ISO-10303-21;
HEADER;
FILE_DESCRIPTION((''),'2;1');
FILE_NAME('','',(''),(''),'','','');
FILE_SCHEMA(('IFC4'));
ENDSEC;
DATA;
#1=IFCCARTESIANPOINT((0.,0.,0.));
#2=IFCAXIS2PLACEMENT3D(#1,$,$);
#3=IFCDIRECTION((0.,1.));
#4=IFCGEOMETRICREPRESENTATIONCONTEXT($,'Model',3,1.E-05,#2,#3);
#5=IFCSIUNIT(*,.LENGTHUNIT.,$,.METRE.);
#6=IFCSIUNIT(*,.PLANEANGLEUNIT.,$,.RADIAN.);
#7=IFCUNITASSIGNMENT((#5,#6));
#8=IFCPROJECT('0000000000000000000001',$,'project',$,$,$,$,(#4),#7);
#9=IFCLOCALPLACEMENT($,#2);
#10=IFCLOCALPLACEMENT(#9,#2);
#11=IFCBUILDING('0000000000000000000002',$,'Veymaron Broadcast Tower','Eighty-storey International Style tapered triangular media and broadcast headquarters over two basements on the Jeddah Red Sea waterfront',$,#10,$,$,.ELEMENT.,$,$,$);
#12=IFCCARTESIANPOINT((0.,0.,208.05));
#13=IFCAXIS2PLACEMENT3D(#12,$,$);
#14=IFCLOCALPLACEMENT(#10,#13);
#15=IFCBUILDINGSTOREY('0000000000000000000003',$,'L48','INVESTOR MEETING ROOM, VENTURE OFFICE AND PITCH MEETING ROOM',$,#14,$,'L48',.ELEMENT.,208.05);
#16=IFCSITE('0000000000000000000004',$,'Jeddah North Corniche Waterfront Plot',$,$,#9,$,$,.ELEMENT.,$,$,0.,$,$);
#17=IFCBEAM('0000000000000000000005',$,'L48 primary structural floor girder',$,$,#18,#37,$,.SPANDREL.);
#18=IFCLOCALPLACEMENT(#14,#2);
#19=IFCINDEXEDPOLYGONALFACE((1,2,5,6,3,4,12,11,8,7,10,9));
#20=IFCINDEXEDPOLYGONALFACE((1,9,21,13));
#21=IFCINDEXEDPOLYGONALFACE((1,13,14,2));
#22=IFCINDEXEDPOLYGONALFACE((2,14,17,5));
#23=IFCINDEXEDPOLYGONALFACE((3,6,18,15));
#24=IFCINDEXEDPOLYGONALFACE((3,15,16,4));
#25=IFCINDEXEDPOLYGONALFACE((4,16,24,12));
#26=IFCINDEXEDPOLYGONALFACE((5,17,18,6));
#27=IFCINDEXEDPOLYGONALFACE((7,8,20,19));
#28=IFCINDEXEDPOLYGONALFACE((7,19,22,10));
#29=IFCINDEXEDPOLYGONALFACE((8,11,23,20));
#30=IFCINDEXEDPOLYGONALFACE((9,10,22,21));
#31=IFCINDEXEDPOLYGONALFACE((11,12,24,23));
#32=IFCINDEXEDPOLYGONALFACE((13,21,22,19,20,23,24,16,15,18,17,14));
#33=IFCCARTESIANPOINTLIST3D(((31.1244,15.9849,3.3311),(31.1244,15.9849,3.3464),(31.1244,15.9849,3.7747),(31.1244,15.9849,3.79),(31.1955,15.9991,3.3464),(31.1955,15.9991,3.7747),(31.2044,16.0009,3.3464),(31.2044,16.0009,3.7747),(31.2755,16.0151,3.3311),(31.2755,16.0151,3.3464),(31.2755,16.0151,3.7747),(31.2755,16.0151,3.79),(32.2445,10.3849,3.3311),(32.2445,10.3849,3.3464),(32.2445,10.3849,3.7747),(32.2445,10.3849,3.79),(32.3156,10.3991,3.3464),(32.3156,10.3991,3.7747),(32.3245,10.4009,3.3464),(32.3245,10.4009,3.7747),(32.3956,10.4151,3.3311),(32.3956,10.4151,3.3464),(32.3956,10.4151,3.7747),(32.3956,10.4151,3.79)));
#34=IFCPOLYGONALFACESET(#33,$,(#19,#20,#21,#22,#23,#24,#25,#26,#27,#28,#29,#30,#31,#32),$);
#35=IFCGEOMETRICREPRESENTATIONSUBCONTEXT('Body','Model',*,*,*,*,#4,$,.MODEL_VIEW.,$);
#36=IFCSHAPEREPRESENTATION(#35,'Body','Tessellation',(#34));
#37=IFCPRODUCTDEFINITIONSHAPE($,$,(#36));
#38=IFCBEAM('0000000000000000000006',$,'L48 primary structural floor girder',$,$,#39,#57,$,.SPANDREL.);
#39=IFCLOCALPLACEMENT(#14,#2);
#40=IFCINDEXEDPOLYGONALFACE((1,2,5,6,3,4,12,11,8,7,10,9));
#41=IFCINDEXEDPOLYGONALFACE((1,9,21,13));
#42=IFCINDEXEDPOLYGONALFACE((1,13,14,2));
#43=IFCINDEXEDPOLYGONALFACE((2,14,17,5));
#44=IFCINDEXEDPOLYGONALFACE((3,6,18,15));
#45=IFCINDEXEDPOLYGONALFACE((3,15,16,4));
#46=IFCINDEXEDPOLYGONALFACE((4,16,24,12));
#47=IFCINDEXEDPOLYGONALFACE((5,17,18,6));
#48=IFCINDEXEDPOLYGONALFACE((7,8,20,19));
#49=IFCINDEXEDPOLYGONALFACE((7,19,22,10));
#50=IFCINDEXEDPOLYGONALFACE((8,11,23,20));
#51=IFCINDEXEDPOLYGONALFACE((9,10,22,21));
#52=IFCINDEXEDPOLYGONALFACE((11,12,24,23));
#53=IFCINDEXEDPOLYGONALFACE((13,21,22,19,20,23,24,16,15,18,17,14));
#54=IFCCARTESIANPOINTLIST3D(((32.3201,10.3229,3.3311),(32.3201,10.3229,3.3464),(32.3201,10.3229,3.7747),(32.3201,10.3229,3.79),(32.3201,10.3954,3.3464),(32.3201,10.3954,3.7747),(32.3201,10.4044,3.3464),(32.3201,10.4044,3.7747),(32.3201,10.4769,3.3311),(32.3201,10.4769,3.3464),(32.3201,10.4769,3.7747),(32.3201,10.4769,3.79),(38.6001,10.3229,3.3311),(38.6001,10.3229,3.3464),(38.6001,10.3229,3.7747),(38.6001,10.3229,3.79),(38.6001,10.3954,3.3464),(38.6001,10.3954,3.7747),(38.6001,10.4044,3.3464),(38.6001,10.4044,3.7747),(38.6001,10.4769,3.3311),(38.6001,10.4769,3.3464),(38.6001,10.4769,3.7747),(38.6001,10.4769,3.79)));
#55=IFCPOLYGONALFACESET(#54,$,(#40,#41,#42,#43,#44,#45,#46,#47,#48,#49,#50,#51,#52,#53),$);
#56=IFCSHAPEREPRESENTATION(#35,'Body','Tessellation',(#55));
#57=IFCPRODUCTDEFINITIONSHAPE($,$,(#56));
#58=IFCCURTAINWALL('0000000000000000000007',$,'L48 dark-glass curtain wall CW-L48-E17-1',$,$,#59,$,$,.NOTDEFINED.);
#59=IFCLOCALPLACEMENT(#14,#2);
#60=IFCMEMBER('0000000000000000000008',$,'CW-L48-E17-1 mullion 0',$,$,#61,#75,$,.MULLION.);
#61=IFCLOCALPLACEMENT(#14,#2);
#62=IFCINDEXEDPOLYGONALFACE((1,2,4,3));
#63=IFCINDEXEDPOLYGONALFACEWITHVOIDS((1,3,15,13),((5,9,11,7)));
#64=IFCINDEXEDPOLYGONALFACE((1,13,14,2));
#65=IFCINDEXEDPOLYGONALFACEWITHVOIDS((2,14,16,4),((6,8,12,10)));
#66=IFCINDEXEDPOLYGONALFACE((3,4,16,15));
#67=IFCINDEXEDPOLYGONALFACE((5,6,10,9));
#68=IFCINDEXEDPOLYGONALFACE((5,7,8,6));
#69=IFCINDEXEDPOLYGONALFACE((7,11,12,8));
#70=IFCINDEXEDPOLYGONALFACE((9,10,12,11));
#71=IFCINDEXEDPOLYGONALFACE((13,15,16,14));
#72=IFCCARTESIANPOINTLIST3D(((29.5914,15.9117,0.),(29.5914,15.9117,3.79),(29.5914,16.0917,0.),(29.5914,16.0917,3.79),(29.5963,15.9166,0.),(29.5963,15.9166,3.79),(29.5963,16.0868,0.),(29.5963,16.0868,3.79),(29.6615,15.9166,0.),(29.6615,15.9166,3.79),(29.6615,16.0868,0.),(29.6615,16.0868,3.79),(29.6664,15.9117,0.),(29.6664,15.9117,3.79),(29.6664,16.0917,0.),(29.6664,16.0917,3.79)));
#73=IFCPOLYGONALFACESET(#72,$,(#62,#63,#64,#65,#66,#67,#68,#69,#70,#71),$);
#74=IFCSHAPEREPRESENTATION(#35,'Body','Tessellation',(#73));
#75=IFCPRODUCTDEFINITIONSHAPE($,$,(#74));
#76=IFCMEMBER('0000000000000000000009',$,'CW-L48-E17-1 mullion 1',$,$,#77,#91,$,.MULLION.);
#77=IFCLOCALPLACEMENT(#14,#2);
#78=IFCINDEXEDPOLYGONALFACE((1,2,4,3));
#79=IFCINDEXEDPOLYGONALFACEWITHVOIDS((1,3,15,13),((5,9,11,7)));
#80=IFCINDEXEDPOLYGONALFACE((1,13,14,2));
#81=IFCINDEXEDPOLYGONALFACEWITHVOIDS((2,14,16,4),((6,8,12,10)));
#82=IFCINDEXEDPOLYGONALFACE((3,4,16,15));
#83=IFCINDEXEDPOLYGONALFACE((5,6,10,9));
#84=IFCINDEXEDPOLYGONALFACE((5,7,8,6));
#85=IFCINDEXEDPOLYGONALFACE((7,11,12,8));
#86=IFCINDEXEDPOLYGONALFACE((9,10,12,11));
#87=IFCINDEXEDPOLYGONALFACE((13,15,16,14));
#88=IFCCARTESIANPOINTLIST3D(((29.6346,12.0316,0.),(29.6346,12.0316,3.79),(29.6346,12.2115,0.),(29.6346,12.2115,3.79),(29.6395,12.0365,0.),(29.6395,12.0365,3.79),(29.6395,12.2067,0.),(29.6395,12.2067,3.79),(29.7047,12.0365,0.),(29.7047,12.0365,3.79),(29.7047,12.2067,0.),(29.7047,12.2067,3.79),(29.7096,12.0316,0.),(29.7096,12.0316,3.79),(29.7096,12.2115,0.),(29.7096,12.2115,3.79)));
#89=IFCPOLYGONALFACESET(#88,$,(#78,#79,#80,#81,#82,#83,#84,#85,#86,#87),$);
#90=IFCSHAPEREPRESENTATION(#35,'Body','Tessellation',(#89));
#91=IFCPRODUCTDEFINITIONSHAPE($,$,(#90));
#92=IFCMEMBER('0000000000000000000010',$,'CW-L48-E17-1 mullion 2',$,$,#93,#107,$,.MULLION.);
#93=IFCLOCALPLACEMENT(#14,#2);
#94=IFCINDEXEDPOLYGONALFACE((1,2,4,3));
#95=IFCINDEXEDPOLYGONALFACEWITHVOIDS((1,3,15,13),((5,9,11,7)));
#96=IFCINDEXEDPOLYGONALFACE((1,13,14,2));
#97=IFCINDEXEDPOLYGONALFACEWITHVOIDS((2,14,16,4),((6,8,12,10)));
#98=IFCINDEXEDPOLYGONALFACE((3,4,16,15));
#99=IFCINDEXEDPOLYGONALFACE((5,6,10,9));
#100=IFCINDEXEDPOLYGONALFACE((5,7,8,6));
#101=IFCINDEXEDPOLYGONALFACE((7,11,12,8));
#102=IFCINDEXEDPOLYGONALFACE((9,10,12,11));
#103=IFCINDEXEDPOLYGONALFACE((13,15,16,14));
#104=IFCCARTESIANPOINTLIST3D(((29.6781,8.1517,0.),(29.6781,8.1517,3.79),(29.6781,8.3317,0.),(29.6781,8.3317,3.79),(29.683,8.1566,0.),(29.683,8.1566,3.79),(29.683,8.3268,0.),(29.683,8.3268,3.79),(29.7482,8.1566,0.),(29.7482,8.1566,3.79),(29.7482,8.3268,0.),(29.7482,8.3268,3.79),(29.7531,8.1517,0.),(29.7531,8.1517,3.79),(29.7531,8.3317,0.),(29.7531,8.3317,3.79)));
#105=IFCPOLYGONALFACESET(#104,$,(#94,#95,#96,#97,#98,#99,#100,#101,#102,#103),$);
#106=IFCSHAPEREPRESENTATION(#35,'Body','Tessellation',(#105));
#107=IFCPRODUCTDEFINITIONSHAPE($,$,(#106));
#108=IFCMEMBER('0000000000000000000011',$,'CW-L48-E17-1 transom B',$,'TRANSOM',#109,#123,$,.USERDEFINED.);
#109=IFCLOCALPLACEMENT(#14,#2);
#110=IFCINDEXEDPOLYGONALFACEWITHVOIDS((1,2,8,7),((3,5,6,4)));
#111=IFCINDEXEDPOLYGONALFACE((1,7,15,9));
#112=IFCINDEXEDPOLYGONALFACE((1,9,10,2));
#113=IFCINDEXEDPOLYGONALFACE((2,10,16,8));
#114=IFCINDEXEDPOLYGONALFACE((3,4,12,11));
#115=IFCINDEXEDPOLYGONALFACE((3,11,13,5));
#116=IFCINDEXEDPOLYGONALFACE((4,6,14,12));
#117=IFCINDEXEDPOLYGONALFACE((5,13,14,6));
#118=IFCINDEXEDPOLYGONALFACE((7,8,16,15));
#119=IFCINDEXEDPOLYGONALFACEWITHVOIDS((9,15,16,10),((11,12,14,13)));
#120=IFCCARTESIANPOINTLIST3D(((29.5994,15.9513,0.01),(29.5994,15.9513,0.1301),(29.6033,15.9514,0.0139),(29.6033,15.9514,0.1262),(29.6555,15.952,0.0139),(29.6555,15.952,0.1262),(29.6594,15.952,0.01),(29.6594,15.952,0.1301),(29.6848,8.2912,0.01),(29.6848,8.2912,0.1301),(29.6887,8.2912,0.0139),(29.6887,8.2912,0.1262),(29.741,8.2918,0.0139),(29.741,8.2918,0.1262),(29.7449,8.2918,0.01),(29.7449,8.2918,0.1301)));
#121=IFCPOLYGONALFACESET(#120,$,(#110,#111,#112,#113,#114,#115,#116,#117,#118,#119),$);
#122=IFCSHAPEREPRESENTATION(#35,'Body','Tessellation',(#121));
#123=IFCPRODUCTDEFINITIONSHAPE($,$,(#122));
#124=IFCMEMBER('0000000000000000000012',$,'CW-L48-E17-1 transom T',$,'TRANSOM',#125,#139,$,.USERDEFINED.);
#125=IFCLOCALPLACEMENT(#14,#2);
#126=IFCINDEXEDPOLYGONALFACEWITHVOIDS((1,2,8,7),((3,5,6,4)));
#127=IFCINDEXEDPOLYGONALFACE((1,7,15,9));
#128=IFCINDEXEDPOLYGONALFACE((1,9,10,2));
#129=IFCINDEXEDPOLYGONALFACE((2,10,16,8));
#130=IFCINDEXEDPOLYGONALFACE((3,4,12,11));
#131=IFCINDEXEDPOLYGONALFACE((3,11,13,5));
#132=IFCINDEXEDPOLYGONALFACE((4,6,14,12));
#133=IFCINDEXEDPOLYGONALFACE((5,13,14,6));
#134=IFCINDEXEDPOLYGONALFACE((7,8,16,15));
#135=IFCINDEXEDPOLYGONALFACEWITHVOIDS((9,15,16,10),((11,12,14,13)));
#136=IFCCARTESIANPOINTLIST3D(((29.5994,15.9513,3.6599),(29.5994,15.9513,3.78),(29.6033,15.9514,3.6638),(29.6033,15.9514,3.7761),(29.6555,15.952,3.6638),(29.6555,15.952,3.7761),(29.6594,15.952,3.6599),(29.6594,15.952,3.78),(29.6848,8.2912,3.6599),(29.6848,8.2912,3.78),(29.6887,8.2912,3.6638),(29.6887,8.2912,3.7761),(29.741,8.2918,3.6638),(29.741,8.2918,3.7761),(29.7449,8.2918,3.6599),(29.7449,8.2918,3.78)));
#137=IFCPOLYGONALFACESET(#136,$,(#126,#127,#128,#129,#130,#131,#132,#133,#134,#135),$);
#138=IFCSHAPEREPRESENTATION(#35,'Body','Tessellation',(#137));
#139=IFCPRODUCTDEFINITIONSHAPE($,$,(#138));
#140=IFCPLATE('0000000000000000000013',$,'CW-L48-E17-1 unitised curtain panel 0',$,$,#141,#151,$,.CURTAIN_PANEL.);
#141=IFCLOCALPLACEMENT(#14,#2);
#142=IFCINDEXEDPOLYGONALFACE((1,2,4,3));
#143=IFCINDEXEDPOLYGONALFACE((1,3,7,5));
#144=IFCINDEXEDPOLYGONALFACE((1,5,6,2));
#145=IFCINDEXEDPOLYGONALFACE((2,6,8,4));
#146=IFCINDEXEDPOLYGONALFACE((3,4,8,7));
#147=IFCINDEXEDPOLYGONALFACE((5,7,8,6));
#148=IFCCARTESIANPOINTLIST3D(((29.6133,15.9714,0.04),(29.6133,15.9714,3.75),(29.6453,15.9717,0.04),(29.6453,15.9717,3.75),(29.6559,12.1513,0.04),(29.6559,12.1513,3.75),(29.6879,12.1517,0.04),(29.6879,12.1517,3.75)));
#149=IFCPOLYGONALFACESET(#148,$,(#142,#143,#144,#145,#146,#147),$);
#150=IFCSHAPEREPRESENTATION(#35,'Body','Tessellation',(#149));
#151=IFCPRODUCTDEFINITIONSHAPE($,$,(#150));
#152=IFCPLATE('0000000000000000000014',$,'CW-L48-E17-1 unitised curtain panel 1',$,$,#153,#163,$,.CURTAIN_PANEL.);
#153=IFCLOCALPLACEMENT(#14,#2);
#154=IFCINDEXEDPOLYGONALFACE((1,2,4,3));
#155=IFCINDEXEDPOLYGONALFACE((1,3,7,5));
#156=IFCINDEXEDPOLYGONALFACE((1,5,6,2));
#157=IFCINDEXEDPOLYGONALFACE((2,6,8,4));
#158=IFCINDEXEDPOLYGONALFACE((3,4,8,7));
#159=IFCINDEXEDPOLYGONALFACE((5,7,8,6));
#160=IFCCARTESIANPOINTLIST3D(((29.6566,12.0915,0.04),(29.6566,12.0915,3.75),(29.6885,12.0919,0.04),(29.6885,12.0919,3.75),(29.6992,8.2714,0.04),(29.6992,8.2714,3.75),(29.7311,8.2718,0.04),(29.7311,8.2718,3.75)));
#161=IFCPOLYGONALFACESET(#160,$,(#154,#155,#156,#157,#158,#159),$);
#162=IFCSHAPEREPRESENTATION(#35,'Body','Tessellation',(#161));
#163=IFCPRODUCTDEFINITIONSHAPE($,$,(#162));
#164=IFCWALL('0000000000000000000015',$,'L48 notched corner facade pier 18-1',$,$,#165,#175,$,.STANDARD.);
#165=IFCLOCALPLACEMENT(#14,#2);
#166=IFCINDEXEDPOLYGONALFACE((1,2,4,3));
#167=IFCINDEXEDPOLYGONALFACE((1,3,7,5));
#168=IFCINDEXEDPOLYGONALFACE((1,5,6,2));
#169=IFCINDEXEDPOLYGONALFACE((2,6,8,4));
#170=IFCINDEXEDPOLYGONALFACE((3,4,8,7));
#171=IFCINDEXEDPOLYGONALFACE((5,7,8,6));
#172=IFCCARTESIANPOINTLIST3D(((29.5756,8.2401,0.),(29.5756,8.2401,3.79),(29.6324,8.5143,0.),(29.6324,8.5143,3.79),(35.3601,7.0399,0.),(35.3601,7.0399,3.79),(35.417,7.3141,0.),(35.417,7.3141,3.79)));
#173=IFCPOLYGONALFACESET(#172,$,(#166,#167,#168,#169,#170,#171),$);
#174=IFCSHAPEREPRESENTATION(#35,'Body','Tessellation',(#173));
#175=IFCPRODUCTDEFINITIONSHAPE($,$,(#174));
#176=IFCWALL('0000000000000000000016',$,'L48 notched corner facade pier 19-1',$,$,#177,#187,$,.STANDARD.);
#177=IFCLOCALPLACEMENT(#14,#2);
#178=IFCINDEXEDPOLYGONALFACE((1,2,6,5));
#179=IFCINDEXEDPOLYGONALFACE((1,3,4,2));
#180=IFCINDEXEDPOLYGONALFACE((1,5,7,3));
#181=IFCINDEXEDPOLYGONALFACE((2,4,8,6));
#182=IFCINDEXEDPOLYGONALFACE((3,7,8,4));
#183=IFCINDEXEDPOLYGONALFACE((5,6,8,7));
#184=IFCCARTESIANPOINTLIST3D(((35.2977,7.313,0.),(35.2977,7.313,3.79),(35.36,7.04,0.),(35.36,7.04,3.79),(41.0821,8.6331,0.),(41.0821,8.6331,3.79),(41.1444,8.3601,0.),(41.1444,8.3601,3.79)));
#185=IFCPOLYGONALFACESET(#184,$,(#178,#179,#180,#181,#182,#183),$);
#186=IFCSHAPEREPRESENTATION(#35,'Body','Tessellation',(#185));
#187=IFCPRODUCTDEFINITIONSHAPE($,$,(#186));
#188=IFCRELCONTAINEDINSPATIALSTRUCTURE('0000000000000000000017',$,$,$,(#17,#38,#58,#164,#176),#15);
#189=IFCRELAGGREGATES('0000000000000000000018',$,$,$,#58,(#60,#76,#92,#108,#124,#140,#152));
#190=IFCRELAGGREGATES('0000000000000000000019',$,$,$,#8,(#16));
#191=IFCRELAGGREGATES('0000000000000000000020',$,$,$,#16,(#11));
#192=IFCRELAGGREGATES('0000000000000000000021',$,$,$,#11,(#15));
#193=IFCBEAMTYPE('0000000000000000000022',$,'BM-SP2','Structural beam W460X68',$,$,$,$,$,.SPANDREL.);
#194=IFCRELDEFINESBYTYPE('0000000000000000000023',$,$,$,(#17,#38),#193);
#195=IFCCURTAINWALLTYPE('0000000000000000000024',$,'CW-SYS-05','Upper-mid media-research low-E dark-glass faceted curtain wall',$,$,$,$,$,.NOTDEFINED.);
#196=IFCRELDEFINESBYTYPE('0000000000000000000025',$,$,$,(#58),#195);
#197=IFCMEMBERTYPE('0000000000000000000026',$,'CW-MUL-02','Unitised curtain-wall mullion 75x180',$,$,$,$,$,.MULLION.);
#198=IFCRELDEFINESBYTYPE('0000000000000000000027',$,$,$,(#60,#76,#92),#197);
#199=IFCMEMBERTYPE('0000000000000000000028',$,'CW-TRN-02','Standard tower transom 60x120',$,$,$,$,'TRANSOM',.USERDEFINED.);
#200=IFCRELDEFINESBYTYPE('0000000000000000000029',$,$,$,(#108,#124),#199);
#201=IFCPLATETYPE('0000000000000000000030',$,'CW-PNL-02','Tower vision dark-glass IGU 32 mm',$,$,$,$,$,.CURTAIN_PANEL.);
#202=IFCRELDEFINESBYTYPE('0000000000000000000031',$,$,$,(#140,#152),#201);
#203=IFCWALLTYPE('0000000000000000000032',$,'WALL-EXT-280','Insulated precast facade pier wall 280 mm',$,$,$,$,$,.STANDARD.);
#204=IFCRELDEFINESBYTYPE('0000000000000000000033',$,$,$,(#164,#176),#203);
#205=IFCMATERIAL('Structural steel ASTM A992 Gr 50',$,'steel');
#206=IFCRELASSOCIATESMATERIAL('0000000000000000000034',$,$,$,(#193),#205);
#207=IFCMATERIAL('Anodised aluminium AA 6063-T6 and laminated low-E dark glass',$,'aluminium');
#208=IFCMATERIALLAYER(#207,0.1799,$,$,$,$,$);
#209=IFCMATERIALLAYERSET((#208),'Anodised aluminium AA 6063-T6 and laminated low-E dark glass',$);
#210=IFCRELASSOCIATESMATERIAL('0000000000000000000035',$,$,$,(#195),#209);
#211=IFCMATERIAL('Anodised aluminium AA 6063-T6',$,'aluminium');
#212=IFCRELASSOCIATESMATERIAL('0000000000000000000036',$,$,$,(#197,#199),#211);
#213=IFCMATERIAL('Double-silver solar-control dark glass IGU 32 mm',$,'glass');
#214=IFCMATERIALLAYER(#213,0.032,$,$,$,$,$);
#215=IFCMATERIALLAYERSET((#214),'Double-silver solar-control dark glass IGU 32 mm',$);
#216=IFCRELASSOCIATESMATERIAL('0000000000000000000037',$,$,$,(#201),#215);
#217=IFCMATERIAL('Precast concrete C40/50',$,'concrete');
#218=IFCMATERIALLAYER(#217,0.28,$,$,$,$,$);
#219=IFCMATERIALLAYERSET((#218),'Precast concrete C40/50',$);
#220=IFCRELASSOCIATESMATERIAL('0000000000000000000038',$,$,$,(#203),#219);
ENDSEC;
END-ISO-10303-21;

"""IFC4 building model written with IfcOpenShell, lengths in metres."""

from ifc_helpers import new_model, si_unit, direction, frame, frame_2d, origin, origin_2d, place, context, subcontext, project, spatial, rectangle, hollow_rectangle, i_section, extrude, material, layer, layer_set, material_profile, profile_set, type_object, element, aggregate, save


model = new_model("IFC4")

# Units and contexts
model_context = context("Model", 3, precision=1e-05, world=origin(), true_north=direction((0.0, 1.0)))
body_context = subcontext(model_context, "Body", "Model", "MODEL_VIEW")
ifc_project = project(units=[si_unit("LENGTHUNIT", "METRE"), si_unit("PLANEANGLEUNIT", "RADIAN")], contexts=[model_context])

# Site, building, storey
site_placement = place(None, origin())
site = spatial("IfcSite", under=ifc_project, at=site_placement, Name="Jeddah North Corniche Waterfront Plot", CompositionType="ELEMENT", RefElevation=0.0)
building_placement = place(site_placement, origin())
building = spatial("IfcBuilding", under=site, at=building_placement, Name="Veymaron Broadcast Tower", Description="Eighty-storey International Style tapered triangular media and broadcast headquarters over two basements on the Jeddah Red Sea waterfront", CompositionType="ELEMENT")
storey_placement = place(building_placement, frame((0.0, 0.0, 208.05)))
storey = spatial("IfcBuildingStorey", under=building, at=storey_placement, Name="L48", Description="INVESTOR MEETING ROOM, VENTURE OFFICE AND PITCH MEETING ROOM", LongName="L48", CompositionType="ELEMENT", Elevation=208.05)

# Shared definitions
ifc_material_1 = material(Name="Structural steel ASTM A992 Gr 50", Category="steel")

# Beams
ifc_material_profile_1 = material_profile(ifc_material_1, i_section(OverallWidth=0.1541, OverallDepth=0.459, WebThickness=0.009, FlangeThickness=0.0154, at=origin_2d()), Name="W460X68")
ifc_profile_set_1 = profile_set([ifc_material_profile_1], Name="Structural steel ASTM A992 Gr 50")
beam_type_1 = type_object("IfcBeamType", Name="BM-SP2", Description="Structural beam W460X68", PredefinedType="SPANDREL", material=ifc_profile_set_1)
beam_1_placement = place(storey_placement, frame((31.2, 16.0, 3.5605), z_axis=(0.196133, -0.980577, 0.0), x_axis=(0.980577, 0.196133, 0.0)))
element("IfcBeam", 1, at=beam_1_placement, inside=storey, type_object=beam_type_1, Name="L48 primary structural floor girder", PredefinedType="SPANDREL", context=body_context, shape_type="SweptSolid", body=[
    extrude(i_section(OverallWidth=0.1541, OverallDepth=0.459, WebThickness=0.009, FlangeThickness=0.0154, at=origin_2d()), origin(), (0.0, 0.0, 1.0), 5.7109),
])
beam_2_placement = place(storey_placement, frame((32.3201, 10.3999, 3.5605), z_axis=(1.0, 0.0, 0.0), x_axis=(0.0, 1.0, 0.0)))
element("IfcBeam", 2, at=beam_2_placement, inside=storey, type_object=beam_type_1, Name="L48 primary structural floor girder", PredefinedType="SPANDREL", context=body_context, shape_type="SweptSolid", body=[
    extrude(i_section(OverallWidth=0.1541, OverallDepth=0.459, WebThickness=0.009, FlangeThickness=0.0154, at=origin_2d()), origin(), (0.0, 0.0, 1.0), 6.28),
])

# Curtain wall, members, plates
ifc_material_2 = material(Name="Anodised aluminium AA 6063-T6 and laminated low-E dark glass", Category="aluminium")
ifc_layer_1 = layer(ifc_material_2, 0.1799)
ifc_layer_set_1 = layer_set([ifc_layer_1], Name="Anodised aluminium AA 6063-T6 and laminated low-E dark glass")
curtain_wall_type = type_object("IfcCurtainWallType", Name="CW-SYS-05", Description="Upper-mid media-research low-E dark-glass faceted curtain wall", PredefinedType="NOTDEFINED", material=ifc_layer_set_1)
curtain_wall_placement = place(storey_placement, origin())
curtain_wall = element("IfcCurtainWall", 3, at=curtain_wall_placement, inside=storey, type_object=curtain_wall_type, Name="L48 dark-glass curtain wall CW-L48-E17-1", PredefinedType="NOTDEFINED")
ifc_material_3 = material(Name="Anodised aluminium AA 6063-T6", Category="aluminium")
ifc_material_profile_2 = material_profile(ifc_material_3, hollow_rectangle(XDim=0.075, YDim=0.1799, WallThickness=0.0049, at=origin_2d()), Name="AL180X75X5")
ifc_profile_set_2 = profile_set([ifc_material_profile_2], Name="Anodised aluminium AA 6063-T6")
member_type_1 = type_object("IfcMemberType", Name="CW-MUL-02", Description="Unitised curtain-wall mullion 75x180", PredefinedType="MULLION", material=ifc_profile_set_2)
member_1_placement = place(storey_placement, frame((29.6289, 16.0017, 0.0), z_axis=(0.0, 0.0, 1.0), x_axis=(1.0, 0.0, 0.0)))
member_1 = element("IfcMember", 4, at=member_1_placement, type_object=member_type_1, Name="CW-L48-E17-1 mullion 0", PredefinedType="MULLION", context=body_context, shape_type="SweptSolid", body=[
    extrude(hollow_rectangle(XDim=0.075, YDim=0.1799, WallThickness=0.0049, at=origin_2d()), origin(), (0.0, 0.0, 1.0), 3.79),
])
member_2_placement = place(storey_placement, frame((29.6721, 12.1216, 0.0), z_axis=(0.0, 0.0, 1.0), x_axis=(1.0, 0.0, 0.0)))
member_2 = element("IfcMember", 5, at=member_2_placement, type_object=member_type_1, Name="CW-L48-E17-1 mullion 1", PredefinedType="MULLION", context=body_context, shape_type="SweptSolid", body=[
    extrude(hollow_rectangle(XDim=0.075, YDim=0.1799, WallThickness=0.0049, at=origin_2d()), origin(), (0.0, 0.0, 1.0), 3.79),
])
member_3_placement = place(storey_placement, frame((29.7156, 8.2417, 0.0), z_axis=(0.0, 0.0, 1.0), x_axis=(1.0, 0.0, 0.0)))
member_3 = element("IfcMember", 6, at=member_3_placement, type_object=member_type_1, Name="CW-L48-E17-1 mullion 2", PredefinedType="MULLION", context=body_context, shape_type="SweptSolid", body=[
    extrude(hollow_rectangle(XDim=0.075, YDim=0.1799, WallThickness=0.0049, at=origin_2d()), origin(), (0.0, 0.0, 1.0), 3.79),
])
ifc_material_profile_3 = material_profile(ifc_material_3, hollow_rectangle(XDim=0.0601, YDim=0.1201, WallThickness=0.0039, at=origin_2d()), Name="AL120X60X4")
ifc_profile_set_3 = profile_set([ifc_material_profile_3], Name="Anodised aluminium AA 6063-T6")
member_type_2 = type_object("IfcMemberType", Name="CW-TRN-02", Description="Standard tower transom 60x120", ElementType="TRANSOM", PredefinedType="USERDEFINED", material=ifc_profile_set_3)
member_4_placement = place(storey_placement, frame((29.6294, 15.9517, 0.0701), z_axis=(0.011154, -0.999938, 0.0), x_axis=(0.999938, 0.011154, 0.0)))
member_4 = element("IfcMember", 7, at=member_4_placement, type_object=member_type_2, Name="CW-L48-E17-1 transom B", ObjectType="TRANSOM", PredefinedType="USERDEFINED", context=body_context, shape_type="SweptSolid", body=[
    extrude(hollow_rectangle(XDim=0.0601, YDim=0.1201, WallThickness=0.0039, at=origin_2d()), origin(), (0.0, 0.0, 1.0), 7.6606),
])
member_5_placement = place(storey_placement, frame((29.6294, 15.9517, 3.72), z_axis=(0.011154, -0.999938, 0.0), x_axis=(0.999938, 0.011154, 0.0)))
member_5 = element("IfcMember", 8, at=member_5_placement, type_object=member_type_2, Name="CW-L48-E17-1 transom T", ObjectType="TRANSOM", PredefinedType="USERDEFINED", context=body_context, shape_type="SweptSolid", body=[
    extrude(hollow_rectangle(XDim=0.0601, YDim=0.1201, WallThickness=0.0039, at=origin_2d()), origin(), (0.0, 0.0, 1.0), 7.6606),
])
ifc_material_4 = material(Name="Double-silver solar-control dark glass IGU 32 mm", Category="glass")
ifc_layer_2 = layer(ifc_material_4, 0.032)
ifc_layer_set_2 = layer_set([ifc_layer_2], Name="Double-silver solar-control dark glass IGU 32 mm")
plate_type = type_object("IfcPlateType", Name="CW-PNL-02", Description="Tower vision dark-glass IGU 32 mm", PredefinedType="CURTAIN_PANEL", material=ifc_layer_set_2)
plate_1_placement = place(storey_placement, frame((29.6506, 14.0615, 0.04), z_axis=(0.0, 0.0, 1.0), x_axis=(0.011152, -0.999938, 0.0)))
plate_1 = element("IfcPlate", 9, at=plate_1_placement, type_object=plate_type, Name="CW-L48-E17-1 unitised curtain panel 0", PredefinedType="CURTAIN_PANEL", context=body_context, shape_type="SweptSolid", body=[
    extrude(rectangle(XDim=3.8203, YDim=0.032, at=origin_2d()), origin(), (0.0, 0.0, 1.0), 3.71),
])
plate_2_placement = place(storey_placement, frame((29.6938, 10.1816, 0.04), z_axis=(0.0, 0.0, 1.0), x_axis=(0.011152, -0.999938, 0.0)))
plate_2 = element("IfcPlate", 10, at=plate_2_placement, type_object=plate_type, Name="CW-L48-E17-1 unitised curtain panel 1", PredefinedType="CURTAIN_PANEL", context=body_context, shape_type="SweptSolid", body=[
    extrude(rectangle(XDim=3.8203, YDim=0.032, at=origin_2d()), origin(), (0.0, 0.0, 1.0), 3.71),
])
aggregate(curtain_wall, [member_1, member_2, member_3, member_4, member_5, plate_1, plate_2])

# Walls
ifc_material_5 = material(Name="Precast concrete C40/50", Category="concrete")
ifc_layer_3 = layer(ifc_material_5, 0.28)
ifc_layer_set_3 = layer_set([ifc_layer_3], Name="Precast concrete C40/50")
wall_type_1 = type_object("IfcWallType", Name="WALL-EXT-280", Description="Insulated precast facade pier wall 280 mm", PredefinedType="STANDARD", material=ifc_layer_set_3)
wall_1_placement = place(storey_placement, frame((29.604, 8.3772, 0.0), z_axis=(0.0, 0.0, 1.0), x_axis=(0.979145, -0.20316, 0.0)))
element("IfcWall", 11, at=wall_1_placement, inside=storey, type_object=wall_type_1, Name="L48 notched corner facade pier 18-1", PredefinedType="STANDARD", context=body_context, shape_type="SweptSolid", body=[
    extrude(rectangle(XDim=5.9077, YDim=0.28, at=frame_2d((2.9539, 0.0))), origin(), (0.0, 0.0, 1.0), 3.79),
])
wall_2_placement = place(storey_placement, frame((35.3289, 7.1765, 0.0), z_axis=(0.0, 0.0, 1.0), x_axis=(0.974935, 0.222491, 0.0)))
element("IfcWall", 12, at=wall_2_placement, inside=storey, type_object=wall_type_1, Name="L48 notched corner facade pier 19-1", PredefinedType="STANDARD", context=body_context, shape_type="SweptSolid", body=[
    extrude(rectangle(XDim=5.9331, YDim=0.28, at=frame_2d((2.9666, 0.0))), origin(), (0.0, 0.0, 1.0), 3.79),
])

save(model, "model.ifc")
